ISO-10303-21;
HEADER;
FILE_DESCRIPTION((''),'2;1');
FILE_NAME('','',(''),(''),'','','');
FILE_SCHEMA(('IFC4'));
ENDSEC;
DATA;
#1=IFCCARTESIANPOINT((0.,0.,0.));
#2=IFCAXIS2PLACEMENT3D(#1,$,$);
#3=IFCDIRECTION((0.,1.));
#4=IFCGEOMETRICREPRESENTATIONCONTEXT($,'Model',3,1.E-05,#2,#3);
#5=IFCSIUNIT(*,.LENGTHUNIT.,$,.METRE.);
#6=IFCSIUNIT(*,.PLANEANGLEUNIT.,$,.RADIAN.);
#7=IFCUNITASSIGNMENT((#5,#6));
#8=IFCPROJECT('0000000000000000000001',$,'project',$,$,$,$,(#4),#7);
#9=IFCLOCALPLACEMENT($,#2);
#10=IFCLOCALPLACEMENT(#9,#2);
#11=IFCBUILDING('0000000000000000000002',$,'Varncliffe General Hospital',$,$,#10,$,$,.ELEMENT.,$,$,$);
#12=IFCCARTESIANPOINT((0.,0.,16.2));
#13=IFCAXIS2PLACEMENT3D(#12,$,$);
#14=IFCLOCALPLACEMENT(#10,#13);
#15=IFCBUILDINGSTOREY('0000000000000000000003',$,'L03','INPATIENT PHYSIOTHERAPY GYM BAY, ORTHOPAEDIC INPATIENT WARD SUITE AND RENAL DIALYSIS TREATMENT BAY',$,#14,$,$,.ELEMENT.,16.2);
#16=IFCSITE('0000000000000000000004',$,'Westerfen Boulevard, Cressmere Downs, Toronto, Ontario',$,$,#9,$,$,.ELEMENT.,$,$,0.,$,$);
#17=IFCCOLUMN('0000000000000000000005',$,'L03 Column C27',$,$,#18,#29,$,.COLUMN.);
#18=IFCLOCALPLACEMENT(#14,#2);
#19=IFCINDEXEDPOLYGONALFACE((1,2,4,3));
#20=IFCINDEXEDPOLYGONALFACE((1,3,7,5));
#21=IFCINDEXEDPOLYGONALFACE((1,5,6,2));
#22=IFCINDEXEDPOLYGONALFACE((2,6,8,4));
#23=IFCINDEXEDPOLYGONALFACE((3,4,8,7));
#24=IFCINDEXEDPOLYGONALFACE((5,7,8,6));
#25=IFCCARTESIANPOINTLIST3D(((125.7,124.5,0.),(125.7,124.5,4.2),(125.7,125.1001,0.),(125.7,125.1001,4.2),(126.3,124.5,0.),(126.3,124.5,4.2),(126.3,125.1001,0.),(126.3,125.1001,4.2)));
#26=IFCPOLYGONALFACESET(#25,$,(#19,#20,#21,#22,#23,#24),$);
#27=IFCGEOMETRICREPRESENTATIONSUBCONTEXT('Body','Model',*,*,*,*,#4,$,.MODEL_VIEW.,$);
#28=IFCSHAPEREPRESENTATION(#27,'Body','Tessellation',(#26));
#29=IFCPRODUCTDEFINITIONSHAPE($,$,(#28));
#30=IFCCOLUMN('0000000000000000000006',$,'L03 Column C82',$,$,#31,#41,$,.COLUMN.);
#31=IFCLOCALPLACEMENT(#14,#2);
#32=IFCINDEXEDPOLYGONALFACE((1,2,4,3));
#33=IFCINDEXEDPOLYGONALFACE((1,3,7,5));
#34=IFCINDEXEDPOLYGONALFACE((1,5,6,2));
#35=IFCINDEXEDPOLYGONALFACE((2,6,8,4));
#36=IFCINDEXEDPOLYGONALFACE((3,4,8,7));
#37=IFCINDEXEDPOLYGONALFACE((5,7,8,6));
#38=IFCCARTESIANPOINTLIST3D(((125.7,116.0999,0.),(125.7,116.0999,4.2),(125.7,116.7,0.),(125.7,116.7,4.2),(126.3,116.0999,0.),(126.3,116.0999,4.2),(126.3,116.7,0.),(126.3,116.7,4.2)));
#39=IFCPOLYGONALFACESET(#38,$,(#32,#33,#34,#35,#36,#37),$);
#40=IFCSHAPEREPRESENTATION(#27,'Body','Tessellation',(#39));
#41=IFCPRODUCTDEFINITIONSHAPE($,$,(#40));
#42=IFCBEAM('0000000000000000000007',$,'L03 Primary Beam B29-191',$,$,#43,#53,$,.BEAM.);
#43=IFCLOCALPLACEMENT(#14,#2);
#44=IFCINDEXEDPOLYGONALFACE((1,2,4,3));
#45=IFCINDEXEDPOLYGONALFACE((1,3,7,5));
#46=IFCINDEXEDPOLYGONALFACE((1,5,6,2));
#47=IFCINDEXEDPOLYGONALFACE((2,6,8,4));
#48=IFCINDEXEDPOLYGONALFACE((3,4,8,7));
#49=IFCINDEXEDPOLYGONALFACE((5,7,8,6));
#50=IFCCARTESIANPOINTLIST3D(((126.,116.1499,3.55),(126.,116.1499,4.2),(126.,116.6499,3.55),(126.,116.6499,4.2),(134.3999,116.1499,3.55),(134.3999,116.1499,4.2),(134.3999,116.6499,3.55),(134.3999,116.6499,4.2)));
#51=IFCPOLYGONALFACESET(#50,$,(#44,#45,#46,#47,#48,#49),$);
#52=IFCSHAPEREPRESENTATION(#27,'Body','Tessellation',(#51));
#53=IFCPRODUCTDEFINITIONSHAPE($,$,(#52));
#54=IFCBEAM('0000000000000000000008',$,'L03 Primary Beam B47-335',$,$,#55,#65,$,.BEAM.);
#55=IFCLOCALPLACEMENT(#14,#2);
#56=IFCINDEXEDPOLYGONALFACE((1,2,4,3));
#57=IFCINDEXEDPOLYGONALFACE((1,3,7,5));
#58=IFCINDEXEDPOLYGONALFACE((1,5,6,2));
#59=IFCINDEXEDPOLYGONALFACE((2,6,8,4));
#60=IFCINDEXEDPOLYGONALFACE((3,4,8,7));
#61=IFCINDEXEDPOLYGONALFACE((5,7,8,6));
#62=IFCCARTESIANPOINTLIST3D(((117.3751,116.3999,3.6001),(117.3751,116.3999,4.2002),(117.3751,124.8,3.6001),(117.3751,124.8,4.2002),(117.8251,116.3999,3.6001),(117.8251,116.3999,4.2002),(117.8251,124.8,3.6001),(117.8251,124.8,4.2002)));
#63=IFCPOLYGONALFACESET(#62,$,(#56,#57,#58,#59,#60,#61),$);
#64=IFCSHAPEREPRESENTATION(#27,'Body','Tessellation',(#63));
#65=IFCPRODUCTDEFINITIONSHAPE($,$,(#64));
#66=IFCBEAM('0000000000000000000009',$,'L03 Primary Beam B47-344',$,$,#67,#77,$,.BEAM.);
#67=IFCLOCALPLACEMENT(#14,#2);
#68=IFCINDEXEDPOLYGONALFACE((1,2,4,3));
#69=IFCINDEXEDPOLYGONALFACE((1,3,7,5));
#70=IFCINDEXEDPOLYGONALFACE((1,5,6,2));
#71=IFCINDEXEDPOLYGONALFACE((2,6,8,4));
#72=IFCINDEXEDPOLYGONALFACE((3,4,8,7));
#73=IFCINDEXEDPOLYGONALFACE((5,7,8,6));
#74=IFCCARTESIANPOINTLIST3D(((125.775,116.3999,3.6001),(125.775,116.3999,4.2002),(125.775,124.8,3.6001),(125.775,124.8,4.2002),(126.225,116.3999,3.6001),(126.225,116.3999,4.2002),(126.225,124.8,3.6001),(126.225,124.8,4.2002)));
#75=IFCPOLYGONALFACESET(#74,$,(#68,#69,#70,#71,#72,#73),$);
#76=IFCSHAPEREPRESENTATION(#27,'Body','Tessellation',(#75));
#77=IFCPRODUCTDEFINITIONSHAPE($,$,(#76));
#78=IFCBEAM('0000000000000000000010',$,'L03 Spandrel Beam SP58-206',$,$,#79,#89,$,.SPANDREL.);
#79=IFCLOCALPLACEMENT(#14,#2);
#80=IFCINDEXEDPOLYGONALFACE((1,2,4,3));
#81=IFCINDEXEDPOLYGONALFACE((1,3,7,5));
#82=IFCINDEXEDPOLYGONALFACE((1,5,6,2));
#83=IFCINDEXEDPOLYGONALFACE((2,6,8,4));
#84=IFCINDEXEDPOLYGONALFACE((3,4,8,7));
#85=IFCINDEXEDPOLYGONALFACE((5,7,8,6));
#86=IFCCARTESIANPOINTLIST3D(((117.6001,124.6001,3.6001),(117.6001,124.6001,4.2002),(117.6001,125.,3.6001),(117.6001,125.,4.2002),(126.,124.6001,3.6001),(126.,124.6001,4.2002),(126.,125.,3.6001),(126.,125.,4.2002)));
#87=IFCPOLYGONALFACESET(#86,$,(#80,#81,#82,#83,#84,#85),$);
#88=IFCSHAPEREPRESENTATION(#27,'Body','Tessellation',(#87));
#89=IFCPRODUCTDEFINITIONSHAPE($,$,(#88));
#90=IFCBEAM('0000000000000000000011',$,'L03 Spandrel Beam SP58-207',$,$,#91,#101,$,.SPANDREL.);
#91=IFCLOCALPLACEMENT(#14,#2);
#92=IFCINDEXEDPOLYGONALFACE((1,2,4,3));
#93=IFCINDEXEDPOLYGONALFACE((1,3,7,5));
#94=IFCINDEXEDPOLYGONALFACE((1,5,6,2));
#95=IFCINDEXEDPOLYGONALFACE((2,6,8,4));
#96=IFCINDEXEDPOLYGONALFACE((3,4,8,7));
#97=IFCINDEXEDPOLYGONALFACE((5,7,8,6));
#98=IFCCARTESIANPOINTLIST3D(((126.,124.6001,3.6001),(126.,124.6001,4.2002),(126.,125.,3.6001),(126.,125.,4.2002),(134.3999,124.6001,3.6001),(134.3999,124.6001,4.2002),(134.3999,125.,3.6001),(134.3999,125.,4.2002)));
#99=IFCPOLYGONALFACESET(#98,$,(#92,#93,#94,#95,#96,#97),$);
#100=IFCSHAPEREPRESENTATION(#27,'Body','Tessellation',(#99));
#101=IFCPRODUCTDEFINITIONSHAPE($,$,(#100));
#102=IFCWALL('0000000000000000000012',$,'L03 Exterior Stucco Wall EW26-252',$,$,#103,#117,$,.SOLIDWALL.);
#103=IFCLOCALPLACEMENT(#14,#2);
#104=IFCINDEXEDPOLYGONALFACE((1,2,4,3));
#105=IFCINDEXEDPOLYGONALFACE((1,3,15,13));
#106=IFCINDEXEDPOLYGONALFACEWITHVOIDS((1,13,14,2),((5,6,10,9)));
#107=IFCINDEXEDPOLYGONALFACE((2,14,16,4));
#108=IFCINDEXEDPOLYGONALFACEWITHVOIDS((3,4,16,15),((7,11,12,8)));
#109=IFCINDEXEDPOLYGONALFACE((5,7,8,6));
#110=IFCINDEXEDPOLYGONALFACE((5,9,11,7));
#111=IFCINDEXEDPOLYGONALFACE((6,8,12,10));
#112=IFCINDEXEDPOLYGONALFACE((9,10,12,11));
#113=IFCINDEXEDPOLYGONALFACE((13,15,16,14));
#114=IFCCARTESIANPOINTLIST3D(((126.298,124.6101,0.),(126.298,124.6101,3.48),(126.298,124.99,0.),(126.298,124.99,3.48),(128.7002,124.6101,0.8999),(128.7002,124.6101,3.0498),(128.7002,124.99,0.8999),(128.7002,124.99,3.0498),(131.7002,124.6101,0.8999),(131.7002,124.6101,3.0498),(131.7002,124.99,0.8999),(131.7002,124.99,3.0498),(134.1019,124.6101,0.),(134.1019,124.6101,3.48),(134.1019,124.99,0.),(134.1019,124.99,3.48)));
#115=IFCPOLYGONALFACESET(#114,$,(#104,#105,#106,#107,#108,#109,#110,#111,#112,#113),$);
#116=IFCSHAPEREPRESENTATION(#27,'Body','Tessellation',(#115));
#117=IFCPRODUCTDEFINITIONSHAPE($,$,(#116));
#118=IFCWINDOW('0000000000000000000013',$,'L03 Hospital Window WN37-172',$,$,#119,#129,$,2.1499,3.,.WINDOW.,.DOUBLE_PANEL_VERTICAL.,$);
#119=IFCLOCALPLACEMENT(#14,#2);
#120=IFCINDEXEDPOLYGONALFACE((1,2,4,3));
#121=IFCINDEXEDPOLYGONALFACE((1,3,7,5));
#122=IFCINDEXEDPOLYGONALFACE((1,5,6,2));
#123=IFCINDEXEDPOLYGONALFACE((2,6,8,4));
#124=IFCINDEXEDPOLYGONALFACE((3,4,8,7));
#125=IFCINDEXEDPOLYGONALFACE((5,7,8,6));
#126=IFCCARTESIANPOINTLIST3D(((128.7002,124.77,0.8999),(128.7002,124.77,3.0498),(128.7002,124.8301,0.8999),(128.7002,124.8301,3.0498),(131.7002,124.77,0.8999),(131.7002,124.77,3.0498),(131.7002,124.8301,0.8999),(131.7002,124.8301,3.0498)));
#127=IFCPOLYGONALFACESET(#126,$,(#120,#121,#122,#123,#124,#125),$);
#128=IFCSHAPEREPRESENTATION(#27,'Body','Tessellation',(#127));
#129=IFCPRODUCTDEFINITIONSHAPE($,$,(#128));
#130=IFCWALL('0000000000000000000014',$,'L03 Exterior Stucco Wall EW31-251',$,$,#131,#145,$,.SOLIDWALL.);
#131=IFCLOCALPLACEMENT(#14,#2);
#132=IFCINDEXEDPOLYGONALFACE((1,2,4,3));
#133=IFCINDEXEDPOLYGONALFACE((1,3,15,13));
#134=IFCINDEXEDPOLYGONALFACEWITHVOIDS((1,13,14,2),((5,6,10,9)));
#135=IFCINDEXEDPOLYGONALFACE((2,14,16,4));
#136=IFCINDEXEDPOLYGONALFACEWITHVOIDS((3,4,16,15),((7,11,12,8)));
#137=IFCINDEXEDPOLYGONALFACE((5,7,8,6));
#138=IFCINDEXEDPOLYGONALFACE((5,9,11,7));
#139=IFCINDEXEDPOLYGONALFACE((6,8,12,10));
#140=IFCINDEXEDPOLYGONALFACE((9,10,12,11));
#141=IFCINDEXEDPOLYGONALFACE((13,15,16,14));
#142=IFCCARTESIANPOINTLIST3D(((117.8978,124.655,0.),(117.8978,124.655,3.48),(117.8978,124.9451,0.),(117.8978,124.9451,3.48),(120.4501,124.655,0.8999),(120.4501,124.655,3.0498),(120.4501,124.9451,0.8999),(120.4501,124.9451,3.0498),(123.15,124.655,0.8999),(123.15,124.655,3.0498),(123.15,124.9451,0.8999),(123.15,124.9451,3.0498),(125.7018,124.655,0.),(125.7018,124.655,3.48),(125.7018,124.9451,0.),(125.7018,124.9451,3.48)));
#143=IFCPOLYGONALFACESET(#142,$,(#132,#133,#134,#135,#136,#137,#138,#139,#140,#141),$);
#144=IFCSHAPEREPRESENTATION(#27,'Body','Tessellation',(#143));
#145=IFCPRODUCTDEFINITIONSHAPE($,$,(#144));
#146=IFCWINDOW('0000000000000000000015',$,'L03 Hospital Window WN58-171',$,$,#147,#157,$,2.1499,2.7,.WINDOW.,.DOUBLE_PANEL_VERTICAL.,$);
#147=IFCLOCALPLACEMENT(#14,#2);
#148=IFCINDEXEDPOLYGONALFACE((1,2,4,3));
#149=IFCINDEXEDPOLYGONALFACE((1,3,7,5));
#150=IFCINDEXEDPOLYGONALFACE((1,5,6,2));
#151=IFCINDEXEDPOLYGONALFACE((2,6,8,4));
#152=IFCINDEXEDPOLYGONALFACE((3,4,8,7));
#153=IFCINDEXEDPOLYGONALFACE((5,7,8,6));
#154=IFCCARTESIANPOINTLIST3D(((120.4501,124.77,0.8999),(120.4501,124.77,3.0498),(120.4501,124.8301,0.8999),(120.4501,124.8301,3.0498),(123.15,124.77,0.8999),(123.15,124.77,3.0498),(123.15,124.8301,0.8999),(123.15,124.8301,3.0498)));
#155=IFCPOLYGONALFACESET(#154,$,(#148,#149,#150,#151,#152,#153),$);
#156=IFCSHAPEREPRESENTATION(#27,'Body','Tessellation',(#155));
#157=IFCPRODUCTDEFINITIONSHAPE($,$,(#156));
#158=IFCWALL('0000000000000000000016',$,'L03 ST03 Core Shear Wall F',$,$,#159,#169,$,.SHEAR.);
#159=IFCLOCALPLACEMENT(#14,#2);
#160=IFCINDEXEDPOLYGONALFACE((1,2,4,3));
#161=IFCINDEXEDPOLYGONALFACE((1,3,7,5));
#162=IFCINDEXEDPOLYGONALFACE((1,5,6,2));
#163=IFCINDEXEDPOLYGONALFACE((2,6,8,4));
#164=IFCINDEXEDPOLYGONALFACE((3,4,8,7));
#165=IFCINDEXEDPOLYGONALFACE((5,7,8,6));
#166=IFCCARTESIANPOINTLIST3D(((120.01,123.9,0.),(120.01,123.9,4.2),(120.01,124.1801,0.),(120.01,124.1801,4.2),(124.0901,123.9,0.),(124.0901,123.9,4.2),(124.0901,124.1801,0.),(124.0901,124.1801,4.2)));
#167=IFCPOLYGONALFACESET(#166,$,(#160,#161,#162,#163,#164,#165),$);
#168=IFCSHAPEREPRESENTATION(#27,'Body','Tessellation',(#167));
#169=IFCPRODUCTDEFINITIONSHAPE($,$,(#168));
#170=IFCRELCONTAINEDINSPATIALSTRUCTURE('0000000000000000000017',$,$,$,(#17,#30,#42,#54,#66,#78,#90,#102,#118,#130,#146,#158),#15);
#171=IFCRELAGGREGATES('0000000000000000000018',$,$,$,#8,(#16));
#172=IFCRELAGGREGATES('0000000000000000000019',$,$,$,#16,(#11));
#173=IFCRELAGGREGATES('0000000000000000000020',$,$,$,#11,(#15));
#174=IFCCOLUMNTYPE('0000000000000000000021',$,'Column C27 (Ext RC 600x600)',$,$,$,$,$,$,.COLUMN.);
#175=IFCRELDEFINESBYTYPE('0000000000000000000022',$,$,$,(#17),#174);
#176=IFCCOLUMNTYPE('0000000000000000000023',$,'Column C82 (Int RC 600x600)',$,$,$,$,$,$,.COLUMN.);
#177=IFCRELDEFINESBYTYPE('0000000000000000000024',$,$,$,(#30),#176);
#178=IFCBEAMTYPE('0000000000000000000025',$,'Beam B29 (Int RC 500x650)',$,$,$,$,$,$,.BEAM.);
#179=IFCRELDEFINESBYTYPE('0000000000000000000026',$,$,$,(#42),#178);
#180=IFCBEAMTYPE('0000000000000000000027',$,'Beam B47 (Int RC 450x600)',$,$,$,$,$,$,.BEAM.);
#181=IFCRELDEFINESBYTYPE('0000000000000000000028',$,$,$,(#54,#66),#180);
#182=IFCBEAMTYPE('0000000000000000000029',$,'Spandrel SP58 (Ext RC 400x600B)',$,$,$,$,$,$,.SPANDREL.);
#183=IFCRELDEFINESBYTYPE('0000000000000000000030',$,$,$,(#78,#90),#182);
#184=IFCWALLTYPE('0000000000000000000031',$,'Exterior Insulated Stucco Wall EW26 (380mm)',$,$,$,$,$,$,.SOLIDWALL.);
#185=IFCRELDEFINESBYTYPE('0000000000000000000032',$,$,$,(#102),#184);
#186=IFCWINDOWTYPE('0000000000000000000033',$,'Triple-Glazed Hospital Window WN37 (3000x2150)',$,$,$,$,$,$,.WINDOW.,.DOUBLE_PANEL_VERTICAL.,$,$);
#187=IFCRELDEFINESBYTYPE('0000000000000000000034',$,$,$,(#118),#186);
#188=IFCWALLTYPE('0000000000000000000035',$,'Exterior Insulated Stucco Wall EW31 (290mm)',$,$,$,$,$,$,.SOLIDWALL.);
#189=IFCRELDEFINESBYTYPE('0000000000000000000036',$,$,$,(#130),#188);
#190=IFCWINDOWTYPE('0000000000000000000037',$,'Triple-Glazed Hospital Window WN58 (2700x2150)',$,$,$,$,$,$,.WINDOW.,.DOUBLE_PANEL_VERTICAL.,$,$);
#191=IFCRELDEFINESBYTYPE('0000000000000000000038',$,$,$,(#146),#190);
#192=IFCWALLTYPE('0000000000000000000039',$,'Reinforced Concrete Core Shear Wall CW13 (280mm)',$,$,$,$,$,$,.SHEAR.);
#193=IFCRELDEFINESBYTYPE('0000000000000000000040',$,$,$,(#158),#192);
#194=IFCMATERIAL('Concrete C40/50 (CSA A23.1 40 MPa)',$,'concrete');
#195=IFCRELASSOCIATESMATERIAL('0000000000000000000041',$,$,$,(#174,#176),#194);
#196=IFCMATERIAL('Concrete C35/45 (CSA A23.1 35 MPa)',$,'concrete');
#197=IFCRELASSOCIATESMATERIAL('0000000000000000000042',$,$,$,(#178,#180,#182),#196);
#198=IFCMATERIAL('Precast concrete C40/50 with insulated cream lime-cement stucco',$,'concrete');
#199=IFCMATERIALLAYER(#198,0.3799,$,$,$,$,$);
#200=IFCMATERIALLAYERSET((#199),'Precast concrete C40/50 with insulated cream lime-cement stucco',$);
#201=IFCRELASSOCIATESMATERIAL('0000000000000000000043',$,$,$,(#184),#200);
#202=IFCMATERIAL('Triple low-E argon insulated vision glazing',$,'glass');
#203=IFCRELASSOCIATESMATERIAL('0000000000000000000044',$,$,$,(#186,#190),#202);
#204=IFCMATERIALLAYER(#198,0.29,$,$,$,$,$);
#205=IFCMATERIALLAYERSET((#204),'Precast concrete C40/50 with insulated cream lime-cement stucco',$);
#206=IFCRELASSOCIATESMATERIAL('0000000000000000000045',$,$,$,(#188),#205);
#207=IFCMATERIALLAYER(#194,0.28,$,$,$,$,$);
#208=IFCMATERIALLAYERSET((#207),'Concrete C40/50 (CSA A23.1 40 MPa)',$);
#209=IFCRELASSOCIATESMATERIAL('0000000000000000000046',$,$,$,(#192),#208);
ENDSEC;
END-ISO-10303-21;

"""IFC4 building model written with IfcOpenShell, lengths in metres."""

from ifc_helpers import new_model, si_unit, direction, frame, frame_2d, origin, origin_2d, place, context, subcontext, project, spatial, rectangle, extrude, material, layer, layer_set, material_profile, profile_set, type_object, element, fill, save


model = new_model("IFC4")

# Units and contexts
model_context = context("Model", 3, precision=1e-05, world=origin(), true_north=direction((0.0, 1.0)))
body_context = subcontext(model_context, "Body", "Model", "MODEL_VIEW")
ifc_project = project(units=[si_unit("LENGTHUNIT", "METRE"), si_unit("PLANEANGLEUNIT", "RADIAN")], contexts=[model_context])

# Site, building, storey
site_placement = place(None, origin())
site = spatial("IfcSite", under=ifc_project, at=site_placement, Name="Westerfen Boulevard, Cressmere Downs, Toronto, Ontario", CompositionType="ELEMENT", RefElevation=0.0)
building_placement = place(site_placement, origin())
building = spatial("IfcBuilding", under=site, at=building_placement, Name="Varncliffe General Hospital", CompositionType="ELEMENT")
storey_placement = place(building_placement, frame((0.0, 0.0, 16.2)))
storey = spatial("IfcBuildingStorey", under=building, at=storey_placement, Name="L03", Description="INPATIENT PHYSIOTHERAPY GYM BAY, ORTHOPAEDIC INPATIENT WARD SUITE AND RENAL DIALYSIS TREATMENT BAY", CompositionType="ELEMENT", Elevation=16.2)

# Columns
ifc_material_1 = material(Name="Concrete C40/50 (CSA A23.1 40 MPa)", Category="concrete")
ifc_material_profile_1 = material_profile(ifc_material_1, rectangle(XDim=0.6001, YDim=0.6001, at=origin_2d()), Name="RC 600x600")
ifc_profile_set_1 = profile_set([ifc_material_profile_1], Name="Concrete C40/50 (CSA A23.1 40 MPa)")
column_type_1 = type_object("IfcColumnType", Name="Column C27 (Ext RC 600x600)", PredefinedType="COLUMN", material=ifc_profile_set_1)
column_1_placement = place(storey_placement, frame((126.0, 124.8, 0.0), z_axis=(0.0, 0.0, 1.0), x_axis=(1.0, 0.0, 0.0)))
element("IfcColumn", 1, at=column_1_placement, inside=storey, type_object=column_type_1, Name="L03 Column C27", PredefinedType="COLUMN", context=body_context, shape_type="SweptSolid", body=[
    extrude(rectangle(XDim=0.6001, YDim=0.6001, at=origin_2d()), origin(), (0.0, 0.0, 1.0), 4.2),
])
ifc_material_profile_2 = material_profile(ifc_material_1, rectangle(XDim=0.6001, YDim=0.6001, at=origin_2d()), Name="RC 600x600")
ifc_profile_set_2 = profile_set([ifc_material_profile_2], Name="Concrete C40/50 (CSA A23.1 40 MPa)")
column_type_2 = type_object("IfcColumnType", Name="Column C82 (Int RC 600x600)", PredefinedType="COLUMN", material=ifc_profile_set_2)
column_2_placement = place(storey_placement, frame((126.0, 116.3999, 0.0), z_axis=(0.0, 0.0, 1.0), x_axis=(1.0, 0.0, 0.0)))
element("IfcColumn", 2, at=column_2_placement, inside=storey, type_object=column_type_2, Name="L03 Column C82", PredefinedType="COLUMN", context=body_context, shape_type="SweptSolid", body=[
    extrude(rectangle(XDim=0.6001, YDim=0.6001, at=origin_2d()), origin(), (0.0, 0.0, 1.0), 4.2),
])

# Beams
ifc_material_2 = material(Name="Concrete C35/45 (CSA A23.1 35 MPa)", Category="concrete")
ifc_material_profile_3 = material_profile(ifc_material_2, rectangle(XDim=0.5, YDim=0.6499, at=origin_2d()), Name="RC 500x650")
ifc_profile_set_3 = profile_set([ifc_material_profile_3], Name="Concrete C35/45 (CSA A23.1 35 MPa)")
beam_type_1 = type_object("IfcBeamType", Name="Beam B29 (Int RC 500x650)", PredefinedType="BEAM", material=ifc_profile_set_3)
beam_placement = place(storey_placement, frame((126.0, 116.3999, 3.875), z_axis=(1.0, 0.0, 0.0), x_axis=(0.0, 1.0, 0.0)))
element("IfcBeam", 3, at=beam_placement, inside=storey, type_object=beam_type_1, Name="L03 Primary Beam B29-191", PredefinedType="BEAM", context=body_context, shape_type="SweptSolid", body=[
    extrude(rectangle(XDim=0.5, YDim=0.6499, at=origin_2d()), origin(), (0.0, 0.0, 1.0), 8.3999),
])
ifc_material_profile_4 = material_profile(ifc_material_2, rectangle(XDim=0.45, YDim=0.6001, at=origin_2d()), Name="RC 450x600")
ifc_profile_set_4 = profile_set([ifc_material_profile_4], Name="Concrete C35/45 (CSA A23.1 35 MPa)")
beam_type_2 = type_object("IfcBeamType", Name="Beam B47 (Int RC 450x600)", PredefinedType="BEAM", material=ifc_profile_set_4)
for number, where, z_axis, x_axis, name in (
    (4, (117.6001, 116.3999, 3.9001), (0.0, 1.0, 0.0), (-1.0, 0.0, 0.0), "L03 Primary Beam B47-335"),
    (5, (126.0, 116.3999, 3.9001), (0.0, 1.0, 0.0), (-1.0, 0.0, 0.0), "L03 Primary Beam B47-344"),
):
    element("IfcBeam", number, at=place(storey_placement, frame(where, z_axis=z_axis, x_axis=x_axis)), inside=storey, type_object=beam_type_2, Name=name, PredefinedType="BEAM", context=body_context, shape_type="SweptSolid", body=[
        extrude(rectangle(XDim=0.45, YDim=0.6001, at=origin_2d()), origin(), (0.0, 0.0, 1.0), 8.4001),
    ])
ifc_material_profile_5 = material_profile(ifc_material_2, rectangle(XDim=0.3999, YDim=0.6001, at=origin_2d()), Name="RC 400x600")
ifc_profile_set_5 = profile_set([ifc_material_profile_5], Name="Concrete C35/45 (CSA A23.1 35 MPa)")
beam_type_3 = type_object("IfcBeamType", Name="Spandrel SP58 (Ext RC 400x600B)", PredefinedType="SPANDREL", material=ifc_profile_set_5)
for number, where, z_axis, x_axis, name in (
    (6, (117.6001, 124.8, 3.9001), (1.0, 0.0, 0.0), (0.0, 1.0, 0.0), "L03 Spandrel Beam SP58-206"),
    (7, (126.0, 124.8, 3.9001), (1.0, 0.0, 0.0), (0.0, 1.0, 0.0), "L03 Spandrel Beam SP58-207"),
):
    element("IfcBeam", number, at=place(storey_placement, frame(where, z_axis=z_axis, x_axis=x_axis)), inside=storey, type_object=beam_type_3, Name=name, PredefinedType="SPANDREL", context=body_context, shape_type="SweptSolid", body=[
        extrude(rectangle(XDim=0.3999, YDim=0.6001, at=origin_2d()), origin(), (0.0, 0.0, 1.0), 8.3999),
    ])

# Walls, openings, windows
ifc_material_3 = material(Name="Precast concrete C40/50 with insulated cream lime-cement stucco", Category="concrete")
ifc_layer_1 = layer(ifc_material_3, 0.3799)
ifc_layer_set_1 = layer_set([ifc_layer_1], Name="Precast concrete C40/50 with insulated cream lime-cement stucco")
wall_type_1 = type_object("IfcWallType", Name="Exterior Insulated Stucco Wall EW26 (380mm)", PredefinedType="SOLIDWALL", material=ifc_layer_set_1)
wall_1_placement = place(storey_placement, frame((126.2981, 124.8, 0.0), z_axis=(0.0, 0.0, 1.0), x_axis=(1.0, 0.0, 0.0)))
wall_1 = element("IfcWall", 8, at=wall_1_placement, inside=storey, type_object=wall_type_1, Name="L03 Exterior Stucco Wall EW26-252", PredefinedType="SOLIDWALL", context=body_context, shape_type="SweptSolid", body=[
    extrude(rectangle(XDim=7.804, YDim=0.3799, at=frame_2d((3.9019, 0.0))), origin(), (0.0, 0.0, 1.0), 3.48),
])
opening_1_placement = place(wall_1_placement, frame((2.4021, 0.0, 0.8999)))
opening_1 = element("IfcOpeningElement", 9, at=opening_1_placement, cuts=wall_1, PredefinedType="OPENING", context=body_context, shape_type="SweptSolid", body=[
    extrude(rectangle(XDim=3.0, YDim=2.1499, at=frame_2d((1.5, 1.075))), frame((0.0, 0.2, 0.0), z_axis=(0.0, -1.0, 0.0), x_axis=(1.0, 0.0, 0.0)), (0.0, 0.0, 1.0), 0.3999),
])
ifc_material_4 = material(Name="Triple low-E argon insulated vision glazing", Category="glass")
window_type_1 = type_object("IfcWindowType", Name="Triple-Glazed Hospital Window WN37 (3000x2150)", PartitioningType="DOUBLE_PANEL_VERTICAL", PredefinedType="WINDOW", material=ifc_material_4)
window_1_placement = place(opening_1_placement, origin())
window_1 = element("IfcWindow", 10, at=window_1_placement, inside=storey, type_object=window_type_1, Name="L03 Hospital Window WN37-172", OverallHeight=2.1499, OverallWidth=3.0, PartitioningType="DOUBLE_PANEL_VERTICAL", PredefinedType="WINDOW", context=body_context, shape_type="SweptSolid", body=[
    extrude(rectangle(XDim=3.0, YDim=2.1499, at=frame_2d((1.5, 1.075))), frame((0.0, 0.03, 0.0), z_axis=(0.0, -1.0, 0.0), x_axis=(1.0, 0.0, 0.0)), (0.0, 0.0, 1.0), 0.0601),
])
fill(opening_1, window_1)
ifc_layer_2 = layer(ifc_material_3, 0.29)
ifc_layer_set_2 = layer_set([ifc_layer_2], Name="Precast concrete C40/50 with insulated cream lime-cement stucco")
wall_type_2 = type_object("IfcWallType", Name="Exterior Insulated Stucco Wall EW31 (290mm)", PredefinedType="SOLIDWALL", material=ifc_layer_set_2)
wall_2_placement = place(storey_placement, frame((117.8979, 124.8, 0.0), z_axis=(0.0, 0.0, 1.0), x_axis=(1.0, 0.0, 0.0)))
wall_2 = element("IfcWall", 11, at=wall_2_placement, inside=storey, type_object=wall_type_2, Name="L03 Exterior Stucco Wall EW31-251", PredefinedType="SOLIDWALL", context=body_context, shape_type="SweptSolid", body=[
    extrude(rectangle(XDim=7.804, YDim=0.29, at=frame_2d((3.9019, 0.0))), origin(), (0.0, 0.0, 1.0), 3.48),
])
opening_2_placement = place(wall_2_placement, frame((2.552, 0.0, 0.8999)))
opening_2 = element("IfcOpeningElement", 12, at=opening_2_placement, cuts=wall_2, PredefinedType="OPENING", context=body_context, shape_type="SweptSolid", body=[
    extrude(rectangle(XDim=2.7, YDim=2.1499, at=frame_2d((1.3501, 1.075))), frame((0.0, 0.155, 0.0), z_axis=(0.0, -1.0, 0.0), x_axis=(1.0, 0.0, 0.0)), (0.0, 0.0, 1.0), 0.3101),
])
window_type_2 = type_object("IfcWindowType", Name="Triple-Glazed Hospital Window WN58 (2700x2150)", PartitioningType="DOUBLE_PANEL_VERTICAL", PredefinedType="WINDOW", material=ifc_material_4)
window_2_placement = place(opening_2_placement, origin())
window_2 = element("IfcWindow", 13, at=window_2_placement, inside=storey, type_object=window_type_2, Name="L03 Hospital Window WN58-171", OverallHeight=2.1499, OverallWidth=2.7, PartitioningType="DOUBLE_PANEL_VERTICAL", PredefinedType="WINDOW", context=body_context, shape_type="SweptSolid", body=[
    extrude(rectangle(XDim=2.7, YDim=2.1499, at=frame_2d((1.3501, 1.075))), frame((0.0, 0.03, 0.0), z_axis=(0.0, -1.0, 0.0), x_axis=(1.0, 0.0, 0.0)), (0.0, 0.0, 1.0), 0.0601),
])
fill(opening_2, window_2)

# Wall
ifc_layer_3 = layer(ifc_material_1, 0.28)
ifc_layer_set_3 = layer_set([ifc_layer_3], Name="Concrete C40/50 (CSA A23.1 40 MPa)")
wall_type_3 = type_object("IfcWallType", Name="Reinforced Concrete Core Shear Wall CW13 (280mm)", PredefinedType="SHEAR", material=ifc_layer_set_3)
wall_3_placement = place(storey_placement, frame((124.0901, 124.04, 0.0), z_axis=(0.0, 0.0, 1.0), x_axis=(-1.0, 0.0, 0.0)))
element("IfcWall", 14, at=wall_3_placement, inside=storey, type_object=wall_type_3, Name="L03 ST03 Core Shear Wall F", PredefinedType="SHEAR", context=body_context, shape_type="SweptSolid", body=[
    extrude(rectangle(XDim=4.0801, YDim=0.28, at=frame_2d((2.04, 0.0))), origin(), (0.0, 0.0, 1.0), 4.2),
])

save(model, "model.ifc")
